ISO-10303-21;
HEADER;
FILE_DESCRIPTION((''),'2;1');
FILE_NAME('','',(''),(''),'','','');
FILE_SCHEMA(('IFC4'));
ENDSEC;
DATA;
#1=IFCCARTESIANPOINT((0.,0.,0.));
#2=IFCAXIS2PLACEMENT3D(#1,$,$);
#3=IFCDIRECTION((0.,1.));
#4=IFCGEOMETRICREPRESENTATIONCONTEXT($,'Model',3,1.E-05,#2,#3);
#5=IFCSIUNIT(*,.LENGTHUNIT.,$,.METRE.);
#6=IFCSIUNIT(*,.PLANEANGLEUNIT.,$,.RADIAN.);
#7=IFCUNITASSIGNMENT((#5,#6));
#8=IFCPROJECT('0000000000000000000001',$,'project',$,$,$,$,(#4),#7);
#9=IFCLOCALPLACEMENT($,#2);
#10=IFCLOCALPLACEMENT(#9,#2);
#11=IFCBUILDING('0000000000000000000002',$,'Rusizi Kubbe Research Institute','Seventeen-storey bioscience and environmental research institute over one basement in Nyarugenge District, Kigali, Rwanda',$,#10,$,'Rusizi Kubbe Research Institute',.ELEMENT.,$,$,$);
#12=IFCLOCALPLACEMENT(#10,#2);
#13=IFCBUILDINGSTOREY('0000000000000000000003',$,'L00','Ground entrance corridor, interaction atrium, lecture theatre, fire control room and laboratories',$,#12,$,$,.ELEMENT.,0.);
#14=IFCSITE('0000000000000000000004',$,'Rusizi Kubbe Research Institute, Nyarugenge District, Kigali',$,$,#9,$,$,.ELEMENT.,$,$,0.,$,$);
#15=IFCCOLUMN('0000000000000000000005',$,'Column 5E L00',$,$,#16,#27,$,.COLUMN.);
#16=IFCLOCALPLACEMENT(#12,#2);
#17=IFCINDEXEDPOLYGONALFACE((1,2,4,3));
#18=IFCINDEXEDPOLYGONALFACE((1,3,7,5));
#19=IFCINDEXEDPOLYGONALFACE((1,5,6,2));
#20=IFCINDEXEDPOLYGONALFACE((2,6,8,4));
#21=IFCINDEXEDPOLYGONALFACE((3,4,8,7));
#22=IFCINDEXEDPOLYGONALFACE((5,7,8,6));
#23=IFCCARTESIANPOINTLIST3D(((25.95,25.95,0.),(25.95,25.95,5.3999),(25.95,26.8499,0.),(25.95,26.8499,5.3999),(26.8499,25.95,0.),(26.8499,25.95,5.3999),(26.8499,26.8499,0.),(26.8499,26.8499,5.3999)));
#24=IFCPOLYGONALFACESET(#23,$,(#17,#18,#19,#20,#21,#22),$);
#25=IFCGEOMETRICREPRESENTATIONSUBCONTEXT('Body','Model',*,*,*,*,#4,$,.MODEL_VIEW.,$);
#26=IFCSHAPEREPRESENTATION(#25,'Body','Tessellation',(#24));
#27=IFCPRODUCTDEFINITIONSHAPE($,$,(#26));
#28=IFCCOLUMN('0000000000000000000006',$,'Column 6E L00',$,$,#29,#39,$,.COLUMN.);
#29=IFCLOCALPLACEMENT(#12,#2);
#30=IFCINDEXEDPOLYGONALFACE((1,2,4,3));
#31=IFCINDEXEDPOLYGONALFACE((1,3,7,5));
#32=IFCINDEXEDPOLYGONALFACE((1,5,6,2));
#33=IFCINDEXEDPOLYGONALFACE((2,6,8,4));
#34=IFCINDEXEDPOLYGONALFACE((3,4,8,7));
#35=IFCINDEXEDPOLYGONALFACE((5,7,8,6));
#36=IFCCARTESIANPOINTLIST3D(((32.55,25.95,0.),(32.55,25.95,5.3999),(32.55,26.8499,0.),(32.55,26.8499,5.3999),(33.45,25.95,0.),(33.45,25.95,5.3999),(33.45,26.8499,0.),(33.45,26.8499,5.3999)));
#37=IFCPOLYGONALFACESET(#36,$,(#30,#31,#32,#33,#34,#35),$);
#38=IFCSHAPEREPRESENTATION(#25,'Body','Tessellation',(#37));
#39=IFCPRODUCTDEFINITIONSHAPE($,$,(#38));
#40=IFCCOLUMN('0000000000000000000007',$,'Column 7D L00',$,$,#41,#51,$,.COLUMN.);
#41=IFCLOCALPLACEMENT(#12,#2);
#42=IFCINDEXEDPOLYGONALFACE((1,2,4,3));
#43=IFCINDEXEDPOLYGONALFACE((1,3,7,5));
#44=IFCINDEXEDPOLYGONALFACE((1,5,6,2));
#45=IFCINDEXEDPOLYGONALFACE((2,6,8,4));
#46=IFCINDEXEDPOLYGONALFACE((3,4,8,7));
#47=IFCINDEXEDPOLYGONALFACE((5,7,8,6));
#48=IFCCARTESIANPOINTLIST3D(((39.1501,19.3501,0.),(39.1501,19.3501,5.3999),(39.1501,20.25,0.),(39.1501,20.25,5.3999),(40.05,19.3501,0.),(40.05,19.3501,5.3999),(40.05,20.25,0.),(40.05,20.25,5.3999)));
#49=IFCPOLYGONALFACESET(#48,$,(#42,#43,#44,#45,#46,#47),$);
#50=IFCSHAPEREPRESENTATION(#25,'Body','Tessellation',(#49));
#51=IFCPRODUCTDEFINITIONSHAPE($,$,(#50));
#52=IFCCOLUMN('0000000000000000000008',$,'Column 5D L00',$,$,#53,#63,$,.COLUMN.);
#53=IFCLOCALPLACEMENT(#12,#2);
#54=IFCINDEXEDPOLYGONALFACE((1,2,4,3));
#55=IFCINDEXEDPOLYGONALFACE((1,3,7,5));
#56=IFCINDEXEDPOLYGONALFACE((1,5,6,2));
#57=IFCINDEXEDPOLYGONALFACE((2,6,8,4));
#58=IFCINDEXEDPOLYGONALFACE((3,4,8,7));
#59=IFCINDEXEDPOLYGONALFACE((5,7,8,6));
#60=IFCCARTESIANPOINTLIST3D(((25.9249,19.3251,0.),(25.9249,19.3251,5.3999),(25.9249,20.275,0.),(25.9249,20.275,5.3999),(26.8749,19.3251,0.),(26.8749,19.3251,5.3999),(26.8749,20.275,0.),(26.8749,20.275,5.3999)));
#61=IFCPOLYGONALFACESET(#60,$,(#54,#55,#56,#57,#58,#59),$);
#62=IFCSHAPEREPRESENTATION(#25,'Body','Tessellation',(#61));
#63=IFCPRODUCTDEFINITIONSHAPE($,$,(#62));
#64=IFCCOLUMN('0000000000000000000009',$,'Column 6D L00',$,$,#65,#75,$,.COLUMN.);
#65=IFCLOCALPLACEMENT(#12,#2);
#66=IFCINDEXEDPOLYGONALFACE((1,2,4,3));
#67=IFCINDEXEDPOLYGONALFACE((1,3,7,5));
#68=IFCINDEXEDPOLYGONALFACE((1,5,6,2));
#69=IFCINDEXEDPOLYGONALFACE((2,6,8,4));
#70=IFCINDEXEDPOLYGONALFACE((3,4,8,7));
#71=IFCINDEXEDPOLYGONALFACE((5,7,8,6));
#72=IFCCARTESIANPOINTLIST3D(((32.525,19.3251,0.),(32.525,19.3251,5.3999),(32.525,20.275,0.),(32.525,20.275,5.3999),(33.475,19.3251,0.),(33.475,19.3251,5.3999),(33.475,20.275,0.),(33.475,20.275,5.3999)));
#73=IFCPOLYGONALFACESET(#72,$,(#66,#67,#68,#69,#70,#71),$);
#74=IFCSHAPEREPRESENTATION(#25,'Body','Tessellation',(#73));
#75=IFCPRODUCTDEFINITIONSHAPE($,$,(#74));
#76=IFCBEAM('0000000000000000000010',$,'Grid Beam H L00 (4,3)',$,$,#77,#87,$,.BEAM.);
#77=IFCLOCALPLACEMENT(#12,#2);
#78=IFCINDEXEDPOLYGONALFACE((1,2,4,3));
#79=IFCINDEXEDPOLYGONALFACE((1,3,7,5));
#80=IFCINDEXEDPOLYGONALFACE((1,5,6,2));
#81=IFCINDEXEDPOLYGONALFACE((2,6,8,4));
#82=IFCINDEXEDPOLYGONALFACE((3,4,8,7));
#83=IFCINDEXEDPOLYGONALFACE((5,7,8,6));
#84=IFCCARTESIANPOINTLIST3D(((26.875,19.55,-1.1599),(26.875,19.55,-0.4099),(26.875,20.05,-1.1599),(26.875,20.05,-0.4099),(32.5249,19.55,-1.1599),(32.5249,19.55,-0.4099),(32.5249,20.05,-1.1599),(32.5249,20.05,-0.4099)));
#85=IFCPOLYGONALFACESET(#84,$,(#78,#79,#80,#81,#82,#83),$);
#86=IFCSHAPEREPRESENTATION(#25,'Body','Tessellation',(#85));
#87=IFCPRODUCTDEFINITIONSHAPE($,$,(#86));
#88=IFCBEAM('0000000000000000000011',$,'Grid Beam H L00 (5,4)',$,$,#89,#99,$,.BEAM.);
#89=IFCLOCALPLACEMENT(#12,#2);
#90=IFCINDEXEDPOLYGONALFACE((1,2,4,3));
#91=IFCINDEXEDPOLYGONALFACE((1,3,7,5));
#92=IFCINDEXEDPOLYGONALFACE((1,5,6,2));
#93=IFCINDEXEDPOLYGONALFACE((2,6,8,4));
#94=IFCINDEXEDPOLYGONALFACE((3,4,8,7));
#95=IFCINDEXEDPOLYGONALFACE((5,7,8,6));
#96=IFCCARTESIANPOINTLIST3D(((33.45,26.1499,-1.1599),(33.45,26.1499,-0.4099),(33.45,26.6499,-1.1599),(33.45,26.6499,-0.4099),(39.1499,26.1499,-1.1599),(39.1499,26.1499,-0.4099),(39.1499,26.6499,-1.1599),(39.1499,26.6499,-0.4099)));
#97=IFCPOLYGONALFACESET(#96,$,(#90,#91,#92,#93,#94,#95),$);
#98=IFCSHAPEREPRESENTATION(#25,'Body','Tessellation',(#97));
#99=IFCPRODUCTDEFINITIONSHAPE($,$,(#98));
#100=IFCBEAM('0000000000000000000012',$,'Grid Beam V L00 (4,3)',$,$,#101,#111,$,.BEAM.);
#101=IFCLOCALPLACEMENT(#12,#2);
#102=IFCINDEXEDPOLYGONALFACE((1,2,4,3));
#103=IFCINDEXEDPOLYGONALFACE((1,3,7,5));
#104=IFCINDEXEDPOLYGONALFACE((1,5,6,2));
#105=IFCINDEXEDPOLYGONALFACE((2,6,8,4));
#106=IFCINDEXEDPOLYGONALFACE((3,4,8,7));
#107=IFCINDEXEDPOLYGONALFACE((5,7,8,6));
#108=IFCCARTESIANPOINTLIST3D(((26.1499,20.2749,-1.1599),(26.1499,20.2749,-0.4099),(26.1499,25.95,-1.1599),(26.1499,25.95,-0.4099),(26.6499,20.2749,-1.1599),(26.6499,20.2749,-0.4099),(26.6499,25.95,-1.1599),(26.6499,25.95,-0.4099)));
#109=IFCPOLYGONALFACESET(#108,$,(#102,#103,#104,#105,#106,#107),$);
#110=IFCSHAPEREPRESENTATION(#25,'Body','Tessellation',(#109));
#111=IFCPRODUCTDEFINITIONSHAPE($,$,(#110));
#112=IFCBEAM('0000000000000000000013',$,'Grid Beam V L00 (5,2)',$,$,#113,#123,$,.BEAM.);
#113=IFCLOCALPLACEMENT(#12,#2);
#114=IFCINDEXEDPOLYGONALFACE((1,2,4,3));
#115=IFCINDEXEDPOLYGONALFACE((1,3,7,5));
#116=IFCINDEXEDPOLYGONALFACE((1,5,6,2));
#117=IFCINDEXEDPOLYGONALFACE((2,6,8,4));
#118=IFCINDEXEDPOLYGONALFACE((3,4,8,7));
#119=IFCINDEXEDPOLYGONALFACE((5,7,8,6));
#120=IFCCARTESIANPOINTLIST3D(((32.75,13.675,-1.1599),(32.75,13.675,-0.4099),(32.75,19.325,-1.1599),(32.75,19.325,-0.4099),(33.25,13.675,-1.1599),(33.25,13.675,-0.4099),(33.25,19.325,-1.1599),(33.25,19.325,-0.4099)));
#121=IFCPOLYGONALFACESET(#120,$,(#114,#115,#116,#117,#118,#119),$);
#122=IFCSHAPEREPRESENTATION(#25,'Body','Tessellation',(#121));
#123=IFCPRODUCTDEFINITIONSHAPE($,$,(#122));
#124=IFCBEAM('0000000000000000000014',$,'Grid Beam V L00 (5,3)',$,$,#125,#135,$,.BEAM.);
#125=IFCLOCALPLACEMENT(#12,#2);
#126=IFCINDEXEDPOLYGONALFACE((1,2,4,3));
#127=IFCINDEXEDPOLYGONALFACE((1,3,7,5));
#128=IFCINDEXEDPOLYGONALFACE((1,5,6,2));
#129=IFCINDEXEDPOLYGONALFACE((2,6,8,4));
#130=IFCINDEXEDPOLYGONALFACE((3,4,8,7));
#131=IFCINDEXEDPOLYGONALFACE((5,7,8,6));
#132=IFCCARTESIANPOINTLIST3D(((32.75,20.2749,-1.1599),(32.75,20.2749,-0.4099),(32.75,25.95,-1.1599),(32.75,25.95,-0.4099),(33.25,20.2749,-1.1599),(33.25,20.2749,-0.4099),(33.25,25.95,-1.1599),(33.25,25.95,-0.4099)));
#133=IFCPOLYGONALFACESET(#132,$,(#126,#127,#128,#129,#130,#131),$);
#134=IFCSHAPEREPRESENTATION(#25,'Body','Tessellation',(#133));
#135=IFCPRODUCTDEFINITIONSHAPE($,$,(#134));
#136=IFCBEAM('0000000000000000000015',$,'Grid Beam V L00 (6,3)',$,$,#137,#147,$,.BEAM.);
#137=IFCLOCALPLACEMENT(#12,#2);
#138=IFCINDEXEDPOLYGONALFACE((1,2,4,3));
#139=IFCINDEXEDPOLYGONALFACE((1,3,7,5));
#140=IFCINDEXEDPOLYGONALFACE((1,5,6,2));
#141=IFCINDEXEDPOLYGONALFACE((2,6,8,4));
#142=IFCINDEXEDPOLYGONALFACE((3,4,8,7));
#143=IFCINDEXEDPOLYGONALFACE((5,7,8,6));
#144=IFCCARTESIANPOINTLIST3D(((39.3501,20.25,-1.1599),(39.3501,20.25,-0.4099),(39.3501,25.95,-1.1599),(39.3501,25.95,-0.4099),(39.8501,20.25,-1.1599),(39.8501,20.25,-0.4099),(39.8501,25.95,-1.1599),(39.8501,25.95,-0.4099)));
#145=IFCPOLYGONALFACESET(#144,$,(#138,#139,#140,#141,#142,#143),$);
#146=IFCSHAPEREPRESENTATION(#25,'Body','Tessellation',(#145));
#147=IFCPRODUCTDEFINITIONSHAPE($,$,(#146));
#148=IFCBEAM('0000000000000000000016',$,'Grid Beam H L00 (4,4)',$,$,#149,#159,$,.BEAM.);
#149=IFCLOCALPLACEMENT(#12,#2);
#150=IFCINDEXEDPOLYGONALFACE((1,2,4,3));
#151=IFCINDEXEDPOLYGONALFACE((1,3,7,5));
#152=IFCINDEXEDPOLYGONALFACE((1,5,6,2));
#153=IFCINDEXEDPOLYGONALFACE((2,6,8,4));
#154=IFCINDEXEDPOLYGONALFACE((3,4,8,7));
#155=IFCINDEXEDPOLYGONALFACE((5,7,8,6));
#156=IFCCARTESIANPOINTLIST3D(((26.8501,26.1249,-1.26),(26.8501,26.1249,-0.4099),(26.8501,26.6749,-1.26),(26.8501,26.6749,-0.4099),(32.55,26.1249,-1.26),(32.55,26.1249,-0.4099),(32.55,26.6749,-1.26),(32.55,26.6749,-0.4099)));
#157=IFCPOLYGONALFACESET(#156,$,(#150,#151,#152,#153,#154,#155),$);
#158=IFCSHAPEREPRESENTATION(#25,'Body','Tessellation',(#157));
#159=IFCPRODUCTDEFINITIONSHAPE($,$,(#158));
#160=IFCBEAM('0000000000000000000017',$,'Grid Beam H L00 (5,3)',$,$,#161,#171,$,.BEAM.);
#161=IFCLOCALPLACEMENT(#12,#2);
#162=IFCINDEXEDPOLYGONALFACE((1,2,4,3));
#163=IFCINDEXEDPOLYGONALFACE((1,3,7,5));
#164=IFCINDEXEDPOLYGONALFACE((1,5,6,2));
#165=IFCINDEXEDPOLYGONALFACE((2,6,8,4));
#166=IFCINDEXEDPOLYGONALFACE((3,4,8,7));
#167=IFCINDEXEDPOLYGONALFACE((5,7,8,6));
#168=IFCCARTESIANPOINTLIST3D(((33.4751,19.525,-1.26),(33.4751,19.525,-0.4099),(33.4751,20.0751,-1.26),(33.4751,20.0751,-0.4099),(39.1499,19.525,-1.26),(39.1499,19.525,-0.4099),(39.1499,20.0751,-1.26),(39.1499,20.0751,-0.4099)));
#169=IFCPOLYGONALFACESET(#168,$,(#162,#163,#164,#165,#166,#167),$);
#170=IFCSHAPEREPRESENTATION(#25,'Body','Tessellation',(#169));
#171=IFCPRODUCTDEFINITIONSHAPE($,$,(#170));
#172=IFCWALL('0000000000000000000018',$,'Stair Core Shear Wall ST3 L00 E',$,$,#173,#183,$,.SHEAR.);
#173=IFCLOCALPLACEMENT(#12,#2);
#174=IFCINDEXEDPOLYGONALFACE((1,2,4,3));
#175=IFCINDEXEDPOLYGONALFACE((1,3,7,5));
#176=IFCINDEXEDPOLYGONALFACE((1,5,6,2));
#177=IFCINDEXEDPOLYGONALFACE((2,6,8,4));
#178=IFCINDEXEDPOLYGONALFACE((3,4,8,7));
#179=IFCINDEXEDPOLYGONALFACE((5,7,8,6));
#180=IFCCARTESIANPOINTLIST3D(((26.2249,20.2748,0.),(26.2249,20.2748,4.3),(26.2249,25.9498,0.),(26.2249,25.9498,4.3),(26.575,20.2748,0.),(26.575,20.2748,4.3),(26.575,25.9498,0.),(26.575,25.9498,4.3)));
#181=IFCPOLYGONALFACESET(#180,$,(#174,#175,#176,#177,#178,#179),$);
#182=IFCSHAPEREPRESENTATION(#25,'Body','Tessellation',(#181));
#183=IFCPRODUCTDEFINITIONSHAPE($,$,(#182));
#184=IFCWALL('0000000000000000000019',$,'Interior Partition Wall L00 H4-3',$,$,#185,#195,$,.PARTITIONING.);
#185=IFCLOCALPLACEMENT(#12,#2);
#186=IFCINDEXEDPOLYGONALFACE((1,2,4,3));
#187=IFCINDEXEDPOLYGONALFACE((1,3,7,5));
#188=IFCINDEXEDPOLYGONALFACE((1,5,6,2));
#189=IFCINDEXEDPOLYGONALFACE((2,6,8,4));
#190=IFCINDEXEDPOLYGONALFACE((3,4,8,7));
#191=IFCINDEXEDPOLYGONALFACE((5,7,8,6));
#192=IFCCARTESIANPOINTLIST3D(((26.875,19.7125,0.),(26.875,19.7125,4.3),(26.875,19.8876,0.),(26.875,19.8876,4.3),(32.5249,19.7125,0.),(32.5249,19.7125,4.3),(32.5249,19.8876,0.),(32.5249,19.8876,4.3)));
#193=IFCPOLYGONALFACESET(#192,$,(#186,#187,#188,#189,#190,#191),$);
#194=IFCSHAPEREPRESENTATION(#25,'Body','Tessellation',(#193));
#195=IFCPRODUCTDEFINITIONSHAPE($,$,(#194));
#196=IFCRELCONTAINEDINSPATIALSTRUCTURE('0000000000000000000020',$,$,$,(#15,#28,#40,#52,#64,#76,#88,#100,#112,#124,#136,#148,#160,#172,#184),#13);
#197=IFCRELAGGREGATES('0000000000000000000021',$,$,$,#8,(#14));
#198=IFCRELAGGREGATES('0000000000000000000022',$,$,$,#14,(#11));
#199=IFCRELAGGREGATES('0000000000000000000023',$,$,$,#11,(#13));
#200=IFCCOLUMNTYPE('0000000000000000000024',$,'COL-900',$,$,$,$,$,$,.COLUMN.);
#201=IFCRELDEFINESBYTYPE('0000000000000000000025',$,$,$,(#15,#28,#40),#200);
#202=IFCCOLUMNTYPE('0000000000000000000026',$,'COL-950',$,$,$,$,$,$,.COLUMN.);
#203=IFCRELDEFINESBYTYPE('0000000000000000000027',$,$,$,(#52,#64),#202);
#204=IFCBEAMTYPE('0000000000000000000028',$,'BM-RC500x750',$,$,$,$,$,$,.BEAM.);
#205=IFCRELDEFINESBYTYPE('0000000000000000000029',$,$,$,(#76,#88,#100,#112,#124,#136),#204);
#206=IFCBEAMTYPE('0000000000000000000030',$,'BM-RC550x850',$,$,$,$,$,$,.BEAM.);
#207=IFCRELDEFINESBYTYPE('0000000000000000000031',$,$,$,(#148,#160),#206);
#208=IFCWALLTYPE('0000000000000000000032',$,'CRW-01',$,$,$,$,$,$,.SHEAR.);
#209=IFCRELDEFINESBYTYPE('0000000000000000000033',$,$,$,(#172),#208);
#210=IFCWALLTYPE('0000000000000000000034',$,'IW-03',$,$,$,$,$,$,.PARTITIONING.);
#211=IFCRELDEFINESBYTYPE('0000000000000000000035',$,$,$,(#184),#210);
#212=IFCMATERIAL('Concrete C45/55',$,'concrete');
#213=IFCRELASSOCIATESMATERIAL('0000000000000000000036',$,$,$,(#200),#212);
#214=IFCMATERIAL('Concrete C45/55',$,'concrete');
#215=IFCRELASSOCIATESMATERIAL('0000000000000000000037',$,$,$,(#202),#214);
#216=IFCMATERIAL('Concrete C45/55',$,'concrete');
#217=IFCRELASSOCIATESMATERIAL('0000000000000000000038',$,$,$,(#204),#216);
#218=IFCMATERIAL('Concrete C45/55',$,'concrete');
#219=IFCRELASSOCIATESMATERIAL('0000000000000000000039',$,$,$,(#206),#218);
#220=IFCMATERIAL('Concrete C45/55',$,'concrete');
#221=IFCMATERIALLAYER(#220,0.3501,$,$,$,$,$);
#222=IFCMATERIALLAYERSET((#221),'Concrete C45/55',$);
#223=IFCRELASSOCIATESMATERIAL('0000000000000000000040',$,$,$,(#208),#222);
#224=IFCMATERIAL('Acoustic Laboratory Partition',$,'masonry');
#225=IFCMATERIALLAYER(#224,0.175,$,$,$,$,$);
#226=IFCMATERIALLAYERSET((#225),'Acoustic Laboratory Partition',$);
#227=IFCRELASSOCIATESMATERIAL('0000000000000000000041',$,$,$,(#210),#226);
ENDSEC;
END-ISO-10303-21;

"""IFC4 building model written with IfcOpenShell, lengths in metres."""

from ifc_helpers import new_model, si_unit, direction, frame, frame_2d, origin, origin_2d, place, context, subcontext, project, spatial, rectangle, extrude, material, layer, layer_set, material_profile, profile_set, type_object, element, save


model = new_model("IFC4")

# Units and contexts
model_context = context("Model", 3, precision=1e-05, world=origin(), true_north=direction((0.0, 1.0)))
body_context = subcontext(model_context, "Body", "Model", "MODEL_VIEW")
ifc_project = project(units=[si_unit("LENGTHUNIT", "METRE"), si_unit("PLANEANGLEUNIT", "RADIAN")], contexts=[model_context])

# Site, building, storey
site_placement = place(None, origin())
site = spatial("IfcSite", under=ifc_project, at=site_placement, Name="Rusizi Kubbe Research Institute, Nyarugenge District, Kigali", CompositionType="ELEMENT", RefElevation=0.0)
building_placement = place(site_placement, origin())
building = spatial("IfcBuilding", under=site, at=building_placement, Name="Rusizi Kubbe Research Institute", Description="Seventeen-storey bioscience and environmental research institute over one basement in Nyarugenge District, Kigali, Rwanda", LongName="Rusizi Kubbe Research Institute", CompositionType="ELEMENT")
storey_placement = place(building_placement, origin())
storey = spatial("IfcBuildingStorey", under=building, at=storey_placement, Name="L00", Description="Ground entrance corridor, interaction atrium, lecture theatre, fire control room and laboratories", CompositionType="ELEMENT", Elevation=0.0)

# Columns
ifc_material_1 = material(Name="Concrete C45/55", Category="concrete")
ifc_material_profile_1 = material_profile(ifc_material_1, rectangle(XDim=0.8999, YDim=0.8999, at=origin_2d()), Name="RC900x900")
ifc_profile_set_1 = profile_set([ifc_material_profile_1], Name="Concrete C45/55")
column_type_1 = type_object("IfcColumnType", Name="COL-900", PredefinedType="COLUMN", material=ifc_profile_set_1)
for number, where, z_axis, x_axis, name in (
    (1, (26.3999, 26.3999, 0.0), (0.0, 0.0, 1.0), (1.0, 0.0, 0.0), "Column 5E L00"),
    (2, (33.0, 26.3999, 0.0), (0.0, 0.0, 1.0), (1.0, 0.0, 0.0), "Column 6E L00"),
    (3, (39.6001, 19.8, 0.0), (0.0, 0.0, 1.0), (1.0, 0.0, 0.0), "Column 7D L00"),
):
    element("IfcColumn", number, at=place(storey_placement, frame(where, z_axis=z_axis, x_axis=x_axis)), inside=storey, type_object=column_type_1, Name=name, PredefinedType="COLUMN", context=body_context, shape_type="SweptSolid", body=[
        extrude(rectangle(XDim=0.8999, YDim=0.8999, at=origin_2d()), origin(), (0.0, 0.0, 1.0), 5.3999),
    ])
ifc_material_2 = material(Name="Concrete C45/55", Category="concrete")
ifc_material_profile_2 = material_profile(ifc_material_2, rectangle(XDim=0.95, YDim=0.95, at=origin_2d()), Name="RC950x950")
ifc_profile_set_2 = profile_set([ifc_material_profile_2], Name="Concrete C45/55")
column_type_2 = type_object("IfcColumnType", Name="COL-950", PredefinedType="COLUMN", material=ifc_profile_set_2)
for number, where, z_axis, x_axis, name in (
    (4, (26.3999, 19.8, 0.0), (0.0, 0.0, 1.0), (1.0, 0.0, 0.0), "Column 5D L00"),
    (5, (33.0, 19.8, 0.0), (0.0, 0.0, 1.0), (1.0, 0.0, 0.0), "Column 6D L00"),
):
    element("IfcColumn", number, at=place(storey_placement, frame(where, z_axis=z_axis, x_axis=x_axis)), inside=storey, type_object=column_type_2, Name=name, PredefinedType="COLUMN", context=body_context, shape_type="SweptSolid", body=[
        extrude(rectangle(XDim=0.95, YDim=0.95, at=origin_2d()), origin(), (0.0, 0.0, 1.0), 5.3999),
    ])

# Beams
ifc_material_3 = material(Name="Concrete C45/55", Category="concrete")
ifc_material_profile_3 = material_profile(ifc_material_3, rectangle(XDim=0.5, YDim=0.75, at=origin_2d()), Name="RC500x750B")
ifc_profile_set_3 = profile_set([ifc_material_profile_3], Name="Concrete C45/55")
beam_type_1 = type_object("IfcBeamType", Name="BM-RC500x750", PredefinedType="BEAM", material=ifc_profile_set_3)
beam_1_placement = place(storey_placement, frame((26.875, 19.8, -0.7849), z_axis=(1.0, 0.0, 0.0), x_axis=(0.0, 1.0, 0.0)))
element("IfcBeam", 6, at=beam_1_placement, inside=storey, type_object=beam_type_1, Name="Grid Beam H L00 (4,3)", PredefinedType="BEAM", context=body_context, shape_type="SweptSolid", body=[
    extrude(rectangle(XDim=0.5, YDim=0.75, at=origin_2d()), origin(), (0.0, 0.0, 1.0), 5.6499),
])
beam_2_placement = place(storey_placement, frame((33.45, 26.3999, -0.7849), z_axis=(1.0, 0.0, 0.0), x_axis=(0.0, 1.0, 0.0)))
element("IfcBeam", 7, at=beam_2_placement, inside=storey, type_object=beam_type_1, Name="Grid Beam H L00 (5,4)", PredefinedType="BEAM", context=body_context, shape_type="SweptSolid", body=[
    extrude(rectangle(XDim=0.5, YDim=0.75, at=origin_2d()), origin(), (0.0, 0.0, 1.0), 5.7),
])
beam_3_placement = place(storey_placement, frame((26.3999, 20.2749, -0.7849), z_axis=(0.0, 1.0, 0.0), x_axis=(-1.0, 0.0, 0.0)))
element("IfcBeam", 8, at=beam_3_placement, inside=storey, type_object=beam_type_1, Name="Grid Beam V L00 (4,3)", PredefinedType="BEAM", context=body_context, shape_type="SweptSolid", body=[
    extrude(rectangle(XDim=0.5, YDim=0.75, at=origin_2d()), origin(), (0.0, 0.0, 1.0), 5.675),
])
beam_4_placement = place(storey_placement, frame((33.0, 13.675, -0.7849), z_axis=(0.0, 1.0, 0.0), x_axis=(-1.0, 0.0, 0.0)))
element("IfcBeam", 9, at=beam_4_placement, inside=storey, type_object=beam_type_1, Name="Grid Beam V L00 (5,2)", PredefinedType="BEAM", context=body_context, shape_type="SweptSolid", body=[
    extrude(rectangle(XDim=0.5, YDim=0.75, at=origin_2d()), origin(), (0.0, 0.0, 1.0), 5.6499),
])
beam_5_placement = place(storey_placement, frame((33.0, 20.2749, -0.7849), z_axis=(0.0, 1.0, 0.0), x_axis=(-1.0, 0.0, 0.0)))
element("IfcBeam", 10, at=beam_5_placement, inside=storey, type_object=beam_type_1, Name="Grid Beam V L00 (5,3)", PredefinedType="BEAM", context=body_context, shape_type="SweptSolid", body=[
    extrude(rectangle(XDim=0.5, YDim=0.75, at=origin_2d()), origin(), (0.0, 0.0, 1.0), 5.675),
])
beam_6_placement = place(storey_placement, frame((39.6001, 20.25, -0.7849), z_axis=(0.0, 1.0, 0.0), x_axis=(-1.0, 0.0, 0.0)))
element("IfcBeam", 11, at=beam_6_placement, inside=storey, type_object=beam_type_1, Name="Grid Beam V L00 (6,3)", PredefinedType="BEAM", context=body_context, shape_type="SweptSolid", body=[
    extrude(rectangle(XDim=0.5, YDim=0.75, at=origin_2d()), origin(), (0.0, 0.0, 1.0), 5.7),
])
ifc_material_4 = material(Name="Concrete C45/55", Category="concrete")
ifc_material_profile_4 = material_profile(ifc_material_4, rectangle(XDim=0.55, YDim=0.8501, at=origin_2d()), Name="RC550x850")
ifc_profile_set_4 = profile_set([ifc_material_profile_4], Name="Concrete C45/55")
beam_type_2 = type_object("IfcBeamType", Name="BM-RC550x850", PredefinedType="BEAM", material=ifc_profile_set_4)
beam_7_placement = place(storey_placement, frame((26.8501, 26.3999, -0.835), z_axis=(1.0, 0.0, 0.0), x_axis=(0.0, 1.0, 0.0)))
element("IfcBeam", 12, at=beam_7_placement, inside=storey, type_object=beam_type_2, Name="Grid Beam H L00 (4,4)", PredefinedType="BEAM", context=body_context, shape_type="SweptSolid", body=[
    extrude(rectangle(XDim=0.55, YDim=0.8501, at=origin_2d()), origin(), (0.0, 0.0, 1.0), 5.7),
])
beam_8_placement = place(storey_placement, frame((33.4751, 19.8, -0.835), z_axis=(1.0, 0.0, 0.0), x_axis=(0.0, 1.0, 0.0)))
element("IfcBeam", 13, at=beam_8_placement, inside=storey, type_object=beam_type_2, Name="Grid Beam H L00 (5,3)", PredefinedType="BEAM", context=body_context, shape_type="SweptSolid", body=[
    extrude(rectangle(XDim=0.55, YDim=0.8501, at=origin_2d()), origin(), (0.0, 0.0, 1.0), 5.6748),
])

# Walls
ifc_material_5 = material(Name="Concrete C45/55", Category="concrete")
ifc_layer_1 = layer(ifc_material_5, 0.3501)
ifc_layer_set_1 = layer_set([ifc_layer_1], Name="Concrete C45/55")
wall_type_1 = type_object("IfcWallType", Name="CRW-01", PredefinedType="SHEAR", material=ifc_layer_set_1)
wall_1_placement = place(storey_placement, frame((26.3999, 20.2749, 0.0), z_axis=(0.0, 0.0, 1.0), x_axis=(0.0, 1.0, 0.0)))
element("IfcWall", 14, at=wall_1_placement, inside=storey, type_object=wall_type_1, Name="Stair Core Shear Wall ST3 L00 E", PredefinedType="SHEAR", context=body_context, shape_type="SweptSolid", body=[
    extrude(rectangle(XDim=5.675, YDim=0.3501, at=frame_2d((2.8374, 0.0))), origin(), (0.0, 0.0, 1.0), 4.3),
])
ifc_material_6 = material(Name="Acoustic Laboratory Partition", Category="masonry")
ifc_layer_2 = layer(ifc_material_6, 0.175)
ifc_layer_set_2 = layer_set([ifc_layer_2], Name="Acoustic Laboratory Partition")
wall_type_2 = type_object("IfcWallType", Name="IW-03", PredefinedType="PARTITIONING", material=ifc_layer_set_2)
wall_2_placement = place(storey_placement, frame((26.875, 19.8, 0.0), z_axis=(0.0, 0.0, 1.0), x_axis=(1.0, 0.0, 0.0)))
element("IfcWall", 15, at=wall_2_placement, inside=storey, type_object=wall_type_2, Name="Interior Partition Wall L00 H4-3", PredefinedType="PARTITIONING", context=body_context, shape_type="SweptSolid", body=[
    extrude(rectangle(XDim=5.6499, YDim=0.175, at=frame_2d((2.825, 0.0))), origin(), (0.0, 0.0, 1.0), 4.3),
])

save(model, "model.ifc")
